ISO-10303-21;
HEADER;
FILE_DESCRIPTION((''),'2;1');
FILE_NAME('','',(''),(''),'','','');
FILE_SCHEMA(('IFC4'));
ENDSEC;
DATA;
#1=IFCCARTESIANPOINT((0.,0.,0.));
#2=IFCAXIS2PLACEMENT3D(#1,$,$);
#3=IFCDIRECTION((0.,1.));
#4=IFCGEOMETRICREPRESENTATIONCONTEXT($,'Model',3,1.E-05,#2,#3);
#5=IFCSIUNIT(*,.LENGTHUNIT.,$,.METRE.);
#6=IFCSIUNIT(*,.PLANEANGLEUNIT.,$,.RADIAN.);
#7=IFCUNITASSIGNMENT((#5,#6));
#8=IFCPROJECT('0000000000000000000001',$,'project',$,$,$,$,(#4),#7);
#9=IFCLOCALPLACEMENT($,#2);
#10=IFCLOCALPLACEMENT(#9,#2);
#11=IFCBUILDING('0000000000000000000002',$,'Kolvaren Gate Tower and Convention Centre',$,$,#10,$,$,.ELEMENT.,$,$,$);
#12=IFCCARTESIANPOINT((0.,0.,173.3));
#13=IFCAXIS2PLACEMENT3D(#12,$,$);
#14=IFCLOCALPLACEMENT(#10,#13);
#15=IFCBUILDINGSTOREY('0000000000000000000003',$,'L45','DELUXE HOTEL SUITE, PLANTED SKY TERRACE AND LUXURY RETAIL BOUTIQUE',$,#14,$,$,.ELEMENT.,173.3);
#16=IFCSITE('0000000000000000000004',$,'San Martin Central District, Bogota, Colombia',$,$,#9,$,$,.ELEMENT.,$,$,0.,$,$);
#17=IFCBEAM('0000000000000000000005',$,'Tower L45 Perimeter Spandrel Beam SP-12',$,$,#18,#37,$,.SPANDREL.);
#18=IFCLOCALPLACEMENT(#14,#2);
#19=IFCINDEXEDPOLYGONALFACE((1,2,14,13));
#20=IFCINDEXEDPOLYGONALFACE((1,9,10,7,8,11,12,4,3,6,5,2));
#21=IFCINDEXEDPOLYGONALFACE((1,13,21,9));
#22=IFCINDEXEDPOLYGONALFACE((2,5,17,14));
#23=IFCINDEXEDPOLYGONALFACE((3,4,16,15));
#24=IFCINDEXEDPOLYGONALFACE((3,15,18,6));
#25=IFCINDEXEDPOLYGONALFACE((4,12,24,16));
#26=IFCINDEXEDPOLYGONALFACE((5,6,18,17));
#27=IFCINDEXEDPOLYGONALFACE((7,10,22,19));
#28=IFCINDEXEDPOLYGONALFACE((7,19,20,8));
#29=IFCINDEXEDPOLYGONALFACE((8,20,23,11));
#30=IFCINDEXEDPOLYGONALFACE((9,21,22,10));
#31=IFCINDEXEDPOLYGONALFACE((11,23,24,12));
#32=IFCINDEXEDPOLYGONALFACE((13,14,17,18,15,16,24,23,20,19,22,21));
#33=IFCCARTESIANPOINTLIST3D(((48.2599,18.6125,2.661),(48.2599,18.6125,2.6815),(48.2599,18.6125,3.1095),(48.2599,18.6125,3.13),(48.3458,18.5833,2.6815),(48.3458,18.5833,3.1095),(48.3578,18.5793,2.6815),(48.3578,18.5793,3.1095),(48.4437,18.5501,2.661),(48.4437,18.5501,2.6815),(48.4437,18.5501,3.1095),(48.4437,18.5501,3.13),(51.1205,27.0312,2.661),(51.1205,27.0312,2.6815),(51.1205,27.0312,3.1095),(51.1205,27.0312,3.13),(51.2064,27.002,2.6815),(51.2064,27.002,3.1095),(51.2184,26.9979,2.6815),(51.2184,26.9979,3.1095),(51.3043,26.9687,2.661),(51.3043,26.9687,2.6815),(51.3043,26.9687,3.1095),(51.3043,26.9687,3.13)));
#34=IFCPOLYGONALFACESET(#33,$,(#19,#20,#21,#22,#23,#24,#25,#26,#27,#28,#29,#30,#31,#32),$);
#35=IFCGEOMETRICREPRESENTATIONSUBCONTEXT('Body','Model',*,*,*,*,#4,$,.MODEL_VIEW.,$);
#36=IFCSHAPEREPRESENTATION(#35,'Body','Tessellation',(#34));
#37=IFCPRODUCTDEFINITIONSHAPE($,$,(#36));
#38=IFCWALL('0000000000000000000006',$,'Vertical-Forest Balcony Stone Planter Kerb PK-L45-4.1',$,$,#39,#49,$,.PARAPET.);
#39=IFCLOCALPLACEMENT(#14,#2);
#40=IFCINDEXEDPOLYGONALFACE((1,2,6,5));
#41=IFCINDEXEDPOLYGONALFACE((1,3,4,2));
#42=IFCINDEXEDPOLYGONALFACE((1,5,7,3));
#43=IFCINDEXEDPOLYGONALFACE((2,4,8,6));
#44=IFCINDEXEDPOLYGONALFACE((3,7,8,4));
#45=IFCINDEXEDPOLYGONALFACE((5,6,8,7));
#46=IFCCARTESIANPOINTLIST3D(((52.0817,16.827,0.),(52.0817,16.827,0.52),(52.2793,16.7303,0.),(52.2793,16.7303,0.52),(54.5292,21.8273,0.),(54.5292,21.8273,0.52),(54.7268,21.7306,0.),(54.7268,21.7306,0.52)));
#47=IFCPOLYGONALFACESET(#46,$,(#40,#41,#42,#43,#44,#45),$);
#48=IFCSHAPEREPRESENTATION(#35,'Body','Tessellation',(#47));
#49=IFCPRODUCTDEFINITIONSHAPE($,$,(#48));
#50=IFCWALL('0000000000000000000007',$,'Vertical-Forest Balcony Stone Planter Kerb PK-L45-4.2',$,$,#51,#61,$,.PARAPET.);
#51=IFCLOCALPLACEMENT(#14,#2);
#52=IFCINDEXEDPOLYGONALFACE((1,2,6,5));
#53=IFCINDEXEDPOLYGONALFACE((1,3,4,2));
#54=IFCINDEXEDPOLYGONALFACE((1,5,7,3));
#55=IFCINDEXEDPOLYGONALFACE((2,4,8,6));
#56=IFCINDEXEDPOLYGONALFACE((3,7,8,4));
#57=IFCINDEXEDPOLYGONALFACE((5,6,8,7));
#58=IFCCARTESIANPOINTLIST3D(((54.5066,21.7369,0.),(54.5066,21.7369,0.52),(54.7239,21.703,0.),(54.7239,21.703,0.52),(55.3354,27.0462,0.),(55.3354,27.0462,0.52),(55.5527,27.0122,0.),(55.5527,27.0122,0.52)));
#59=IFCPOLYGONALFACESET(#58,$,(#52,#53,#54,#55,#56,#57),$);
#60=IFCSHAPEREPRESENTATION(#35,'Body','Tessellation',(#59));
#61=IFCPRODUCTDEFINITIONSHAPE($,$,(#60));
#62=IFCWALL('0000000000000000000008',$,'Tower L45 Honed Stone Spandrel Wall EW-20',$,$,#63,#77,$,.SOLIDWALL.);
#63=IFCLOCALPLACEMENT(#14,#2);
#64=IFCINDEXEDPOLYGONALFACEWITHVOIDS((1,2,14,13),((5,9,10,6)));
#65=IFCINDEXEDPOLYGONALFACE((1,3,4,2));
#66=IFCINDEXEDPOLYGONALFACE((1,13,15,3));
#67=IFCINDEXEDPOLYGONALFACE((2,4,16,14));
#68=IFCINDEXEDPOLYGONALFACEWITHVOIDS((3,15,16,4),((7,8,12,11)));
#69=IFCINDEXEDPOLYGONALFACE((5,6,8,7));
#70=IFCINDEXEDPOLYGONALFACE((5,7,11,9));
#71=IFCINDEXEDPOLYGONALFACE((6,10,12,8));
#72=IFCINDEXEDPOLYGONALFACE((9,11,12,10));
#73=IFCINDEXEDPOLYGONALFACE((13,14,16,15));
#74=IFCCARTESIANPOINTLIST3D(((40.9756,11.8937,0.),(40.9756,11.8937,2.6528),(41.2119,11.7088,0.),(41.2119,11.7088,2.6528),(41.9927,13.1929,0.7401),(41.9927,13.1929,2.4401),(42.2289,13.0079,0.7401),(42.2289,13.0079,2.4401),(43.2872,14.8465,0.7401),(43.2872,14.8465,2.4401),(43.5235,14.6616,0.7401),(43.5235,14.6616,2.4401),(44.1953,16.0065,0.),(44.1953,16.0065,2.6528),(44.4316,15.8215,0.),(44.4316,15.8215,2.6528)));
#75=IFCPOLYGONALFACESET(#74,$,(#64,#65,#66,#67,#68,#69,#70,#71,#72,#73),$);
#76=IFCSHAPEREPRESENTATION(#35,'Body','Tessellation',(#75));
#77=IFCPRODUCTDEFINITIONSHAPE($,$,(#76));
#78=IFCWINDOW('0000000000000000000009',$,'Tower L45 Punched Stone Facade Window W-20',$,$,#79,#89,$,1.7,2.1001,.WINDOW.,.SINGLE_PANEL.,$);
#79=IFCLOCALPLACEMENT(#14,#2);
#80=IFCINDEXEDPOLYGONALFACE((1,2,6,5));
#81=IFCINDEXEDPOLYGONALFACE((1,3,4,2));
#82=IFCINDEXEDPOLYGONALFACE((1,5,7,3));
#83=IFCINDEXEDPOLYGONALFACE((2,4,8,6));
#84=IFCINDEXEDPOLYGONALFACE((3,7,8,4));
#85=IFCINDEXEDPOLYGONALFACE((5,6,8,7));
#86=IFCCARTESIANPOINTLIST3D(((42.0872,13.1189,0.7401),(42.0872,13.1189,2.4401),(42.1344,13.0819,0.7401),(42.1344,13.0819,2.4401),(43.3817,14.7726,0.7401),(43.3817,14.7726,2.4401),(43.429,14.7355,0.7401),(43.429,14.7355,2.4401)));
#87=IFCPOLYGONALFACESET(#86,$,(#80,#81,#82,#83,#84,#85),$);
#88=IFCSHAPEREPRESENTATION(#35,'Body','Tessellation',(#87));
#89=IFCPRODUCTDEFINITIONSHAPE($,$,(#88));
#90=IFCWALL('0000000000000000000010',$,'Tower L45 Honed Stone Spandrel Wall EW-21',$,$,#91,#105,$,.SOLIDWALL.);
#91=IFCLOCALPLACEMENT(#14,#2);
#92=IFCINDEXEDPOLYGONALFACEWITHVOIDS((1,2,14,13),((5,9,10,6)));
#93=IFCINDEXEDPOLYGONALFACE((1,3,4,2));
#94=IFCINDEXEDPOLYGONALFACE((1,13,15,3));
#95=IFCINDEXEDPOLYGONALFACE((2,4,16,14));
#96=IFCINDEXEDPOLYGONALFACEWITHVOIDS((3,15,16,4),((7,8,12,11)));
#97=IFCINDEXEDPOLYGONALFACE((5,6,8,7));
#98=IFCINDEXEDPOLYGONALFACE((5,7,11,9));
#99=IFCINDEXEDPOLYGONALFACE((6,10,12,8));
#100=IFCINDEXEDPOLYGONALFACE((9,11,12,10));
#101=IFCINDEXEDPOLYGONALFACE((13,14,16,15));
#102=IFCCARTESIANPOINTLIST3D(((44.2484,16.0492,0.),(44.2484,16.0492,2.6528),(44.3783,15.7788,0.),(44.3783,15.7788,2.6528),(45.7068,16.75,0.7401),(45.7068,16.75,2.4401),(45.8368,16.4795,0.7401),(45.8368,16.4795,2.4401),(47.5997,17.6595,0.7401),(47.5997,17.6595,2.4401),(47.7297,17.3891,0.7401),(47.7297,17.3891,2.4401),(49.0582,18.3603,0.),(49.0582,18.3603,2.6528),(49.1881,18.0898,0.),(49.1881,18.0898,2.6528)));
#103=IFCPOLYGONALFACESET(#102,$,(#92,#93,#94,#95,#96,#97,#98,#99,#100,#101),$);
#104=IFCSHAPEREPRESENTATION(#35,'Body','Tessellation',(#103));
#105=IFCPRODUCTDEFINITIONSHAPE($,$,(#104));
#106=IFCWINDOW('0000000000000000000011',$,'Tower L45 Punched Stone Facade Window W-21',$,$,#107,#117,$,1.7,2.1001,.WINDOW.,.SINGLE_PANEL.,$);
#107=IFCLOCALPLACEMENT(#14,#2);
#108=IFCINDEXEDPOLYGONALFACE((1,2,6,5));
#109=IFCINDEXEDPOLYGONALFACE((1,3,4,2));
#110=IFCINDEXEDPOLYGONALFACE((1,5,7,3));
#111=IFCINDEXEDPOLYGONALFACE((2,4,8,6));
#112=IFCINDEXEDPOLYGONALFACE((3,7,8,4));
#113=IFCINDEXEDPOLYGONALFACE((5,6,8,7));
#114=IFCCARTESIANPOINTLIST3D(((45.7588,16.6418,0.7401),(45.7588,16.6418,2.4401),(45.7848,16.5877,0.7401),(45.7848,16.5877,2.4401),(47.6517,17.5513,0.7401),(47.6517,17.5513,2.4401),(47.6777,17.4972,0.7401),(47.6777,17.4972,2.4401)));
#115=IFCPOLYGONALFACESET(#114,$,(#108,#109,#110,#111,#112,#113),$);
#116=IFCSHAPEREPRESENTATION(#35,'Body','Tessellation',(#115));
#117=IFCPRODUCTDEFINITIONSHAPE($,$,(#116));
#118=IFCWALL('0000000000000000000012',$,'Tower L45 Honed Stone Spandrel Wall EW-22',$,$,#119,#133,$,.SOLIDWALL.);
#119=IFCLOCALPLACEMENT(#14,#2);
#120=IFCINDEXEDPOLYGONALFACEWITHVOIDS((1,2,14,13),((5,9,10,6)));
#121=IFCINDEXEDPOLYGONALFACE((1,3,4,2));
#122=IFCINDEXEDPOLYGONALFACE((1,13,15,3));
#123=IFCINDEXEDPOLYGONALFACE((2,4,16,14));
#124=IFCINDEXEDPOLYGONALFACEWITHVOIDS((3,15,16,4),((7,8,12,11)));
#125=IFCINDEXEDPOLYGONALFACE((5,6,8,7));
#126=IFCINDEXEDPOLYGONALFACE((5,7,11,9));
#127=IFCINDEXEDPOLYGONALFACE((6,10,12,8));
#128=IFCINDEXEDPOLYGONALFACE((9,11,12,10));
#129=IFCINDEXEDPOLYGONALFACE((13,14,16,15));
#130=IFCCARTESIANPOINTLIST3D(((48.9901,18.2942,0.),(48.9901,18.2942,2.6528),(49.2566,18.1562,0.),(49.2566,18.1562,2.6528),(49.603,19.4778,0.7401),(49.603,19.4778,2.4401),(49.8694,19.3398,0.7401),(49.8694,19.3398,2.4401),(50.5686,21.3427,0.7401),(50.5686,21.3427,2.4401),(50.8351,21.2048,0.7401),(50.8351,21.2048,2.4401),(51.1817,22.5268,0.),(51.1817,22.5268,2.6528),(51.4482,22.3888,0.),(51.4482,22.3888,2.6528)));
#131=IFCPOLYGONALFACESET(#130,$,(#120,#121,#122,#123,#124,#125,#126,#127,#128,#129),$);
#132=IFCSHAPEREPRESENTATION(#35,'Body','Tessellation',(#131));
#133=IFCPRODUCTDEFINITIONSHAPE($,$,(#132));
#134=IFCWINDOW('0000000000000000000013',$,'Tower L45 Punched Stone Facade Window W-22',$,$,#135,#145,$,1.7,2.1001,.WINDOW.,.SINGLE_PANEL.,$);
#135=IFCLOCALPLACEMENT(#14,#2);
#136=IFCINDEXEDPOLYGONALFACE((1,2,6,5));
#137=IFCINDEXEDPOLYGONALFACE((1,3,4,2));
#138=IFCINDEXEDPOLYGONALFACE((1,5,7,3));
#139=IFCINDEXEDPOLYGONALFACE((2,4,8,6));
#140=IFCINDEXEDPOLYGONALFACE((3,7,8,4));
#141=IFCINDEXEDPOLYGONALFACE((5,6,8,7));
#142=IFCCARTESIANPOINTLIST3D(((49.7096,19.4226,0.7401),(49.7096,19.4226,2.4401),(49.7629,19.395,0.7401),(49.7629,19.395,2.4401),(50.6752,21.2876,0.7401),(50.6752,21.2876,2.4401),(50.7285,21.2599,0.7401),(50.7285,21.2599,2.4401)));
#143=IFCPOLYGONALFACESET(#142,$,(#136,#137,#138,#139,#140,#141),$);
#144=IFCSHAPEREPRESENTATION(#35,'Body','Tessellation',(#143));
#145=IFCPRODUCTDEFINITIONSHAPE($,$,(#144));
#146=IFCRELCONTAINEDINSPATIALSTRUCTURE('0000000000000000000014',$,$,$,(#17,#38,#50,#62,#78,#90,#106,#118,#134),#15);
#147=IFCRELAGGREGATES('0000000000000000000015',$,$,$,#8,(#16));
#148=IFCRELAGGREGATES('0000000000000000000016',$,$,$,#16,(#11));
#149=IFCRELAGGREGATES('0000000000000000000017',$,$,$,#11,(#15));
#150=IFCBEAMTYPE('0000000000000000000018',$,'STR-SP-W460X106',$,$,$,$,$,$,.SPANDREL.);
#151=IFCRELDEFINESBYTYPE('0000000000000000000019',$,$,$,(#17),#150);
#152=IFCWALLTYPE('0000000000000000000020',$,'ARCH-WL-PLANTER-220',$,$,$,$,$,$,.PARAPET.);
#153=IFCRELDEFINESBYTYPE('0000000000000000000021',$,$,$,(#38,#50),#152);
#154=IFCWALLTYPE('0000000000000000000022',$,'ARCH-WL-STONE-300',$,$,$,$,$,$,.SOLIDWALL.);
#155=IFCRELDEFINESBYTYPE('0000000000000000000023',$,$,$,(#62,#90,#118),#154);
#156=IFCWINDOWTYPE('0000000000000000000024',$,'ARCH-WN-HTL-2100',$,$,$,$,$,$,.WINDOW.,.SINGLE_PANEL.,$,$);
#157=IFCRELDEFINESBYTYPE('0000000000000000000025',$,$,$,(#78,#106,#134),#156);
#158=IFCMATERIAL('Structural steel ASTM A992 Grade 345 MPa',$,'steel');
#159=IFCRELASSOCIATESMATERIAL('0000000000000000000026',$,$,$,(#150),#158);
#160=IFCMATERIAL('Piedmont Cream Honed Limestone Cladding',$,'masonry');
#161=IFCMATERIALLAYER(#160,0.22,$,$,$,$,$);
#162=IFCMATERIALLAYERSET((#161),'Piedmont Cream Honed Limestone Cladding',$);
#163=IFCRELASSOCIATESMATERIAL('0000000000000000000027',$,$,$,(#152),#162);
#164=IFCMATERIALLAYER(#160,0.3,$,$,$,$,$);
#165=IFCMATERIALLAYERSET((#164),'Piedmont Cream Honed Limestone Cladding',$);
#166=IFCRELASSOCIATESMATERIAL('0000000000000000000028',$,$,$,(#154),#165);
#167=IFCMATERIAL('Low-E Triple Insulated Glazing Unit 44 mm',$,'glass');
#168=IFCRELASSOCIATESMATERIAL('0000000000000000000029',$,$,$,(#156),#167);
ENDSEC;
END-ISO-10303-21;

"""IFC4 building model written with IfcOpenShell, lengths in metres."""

from ifc_helpers import new_model, si_unit, direction, frame, frame_2d, origin, origin_2d, place, context, subcontext, project, spatial, rectangle, i_section, extrude, material, layer, layer_set, material_profile, profile_set, type_object, element, fill, save


model = new_model("IFC4")

# Units and contexts
model_context = context("Model", 3, precision=1e-05, world=origin(), true_north=direction((0.0, 1.0)))
body_context = subcontext(model_context, "Body", "Model", "MODEL_VIEW")
ifc_project = project(units=[si_unit("LENGTHUNIT", "METRE"), si_unit("PLANEANGLEUNIT", "RADIAN")], contexts=[model_context])

# Site, building, storey
site_placement = place(None, origin())
site = spatial("IfcSite", under=ifc_project, at=site_placement, Name="San Martin Central District, Bogota, Colombia", CompositionType="ELEMENT", RefElevation=0.0)
building_placement = place(site_placement, origin())
building = spatial("IfcBuilding", under=site, at=building_placement, Name="Kolvaren Gate Tower and Convention Centre", CompositionType="ELEMENT")
storey_placement = place(building_placement, frame((0.0, 0.0, 173.3)))
storey = spatial("IfcBuildingStorey", under=building, at=storey_placement, Name="L45", Description="DELUXE HOTEL SUITE, PLANTED SKY TERRACE AND LUXURY RETAIL BOUTIQUE", CompositionType="ELEMENT", Elevation=173.3)

# Beam
ifc_material_1 = material(Name="Structural steel ASTM A992 Grade 345 MPa", Category="steel")
ifc_material_profile_1 = material_profile(ifc_material_1, i_section(OverallWidth=0.1941, OverallDepth=0.469, WebThickness=0.0127, FlangeThickness=0.0205, at=origin_2d()), Name="W460X106")
ifc_profile_set_1 = profile_set([ifc_material_profile_1], Name="Structural steel ASTM A992 Grade 345 MPa")
beam_type_1 = type_object("IfcBeamType", Name="STR-SP-W460X106", PredefinedType="SPANDREL", material=ifc_profile_set_1)
beam_1_placement = place(storey_placement, frame((48.3518, 18.5813, 2.8955), z_axis=(0.321725, 0.946833, 0.0), x_axis=(-0.946833, 0.321725, 0.0)))
element("IfcBeam", 1, at=beam_1_placement, inside=storey, type_object=beam_type_1, Name="Tower L45 Perimeter Spandrel Beam SP-12", PredefinedType="SPANDREL", context=body_context, shape_type="SweptSolid", body=[
    extrude(i_section(OverallWidth=0.1941, OverallDepth=0.469, WebThickness=0.0127, FlangeThickness=0.0205, at=origin_2d()), origin(), (0.0, 0.0, 1.0), 8.8914),
])

# Walls
ifc_material_2 = material(Name="Piedmont Cream Honed Limestone Cladding", Category="masonry")
ifc_layer_1 = layer(ifc_material_2, 0.22)
ifc_layer_set_1 = layer_set([ifc_layer_1], Name="Piedmont Cream Honed Limestone Cladding")
wall_type_1 = type_object("IfcWallType", Name="ARCH-WL-PLANTER-220", PredefinedType="PARAPET", material=ifc_layer_set_1)
wall_1_placement = place(storey_placement, frame((52.1804, 16.7786, 0.0), z_axis=(0.0, 0.0, 1.0), x_axis=(0.439637, 0.898175, 0.0)))
element("IfcWall", 2, at=wall_1_placement, inside=storey, type_object=wall_type_1, Name="Vertical-Forest Balcony Stone Planter Kerb PK-L45-4.1", PredefinedType="PARAPET", context=body_context, shape_type="SweptSolid", body=[
    extrude(rectangle(XDim=5.5671, YDim=0.22, at=frame_2d((2.7837, 0.0))), origin(), (0.0, 0.0, 1.0), 0.52),
])
wall_2_placement = place(storey_placement, frame((54.6152, 21.72, 0.0), z_axis=(0.0, 0.0, 1.0), x_axis=(0.154245, 0.988033, 0.0)))
element("IfcWall", 3, at=wall_2_placement, inside=storey, type_object=wall_type_1, Name="Vertical-Forest Balcony Stone Planter Kerb PK-L45-4.2", PredefinedType="PARAPET", context=body_context, shape_type="SweptSolid", body=[
    extrude(rectangle(XDim=5.3735, YDim=0.22, at=frame_2d((2.6868, 0.0))), origin(), (0.0, 0.0, 1.0), 0.52),
])

# Walls, openings, windows
ifc_layer_2 = layer(ifc_material_2, 0.3)
ifc_layer_set_2 = layer_set([ifc_layer_2], Name="Piedmont Cream Honed Limestone Cladding")
wall_type_2 = type_object("IfcWallType", Name="ARCH-WL-STONE-300", PredefinedType="SOLIDWALL", material=ifc_layer_set_2)
wall_3_placement = place(storey_placement, frame((41.0938, 11.8013, 0.0), z_axis=(0.0, 0.0, 1.0), x_axis=(0.616429, 0.78741, 0.0)))
wall_3 = element("IfcWall", 4, at=wall_3_placement, inside=storey, type_object=wall_type_2, Name="Tower L45 Honed Stone Spandrel Wall EW-20", PredefinedType="SOLIDWALL", context=body_context, shape_type="SweptSolid", body=[
    extrude(rectangle(XDim=5.2231, YDim=0.3, at=frame_2d((2.6116, 0.0))), origin(), (0.0, 0.0, 1.0), 2.6528),
])
opening_1_placement = place(wall_3_placement, frame((1.6499, 0.0, 0.74)))
opening_1 = element("IfcOpeningElement", 5, at=opening_1_placement, cuts=wall_3, PredefinedType="OPENING", context=body_context, shape_type="SweptSolid", body=[
    extrude(rectangle(XDim=2.1001, YDim=1.7, at=frame_2d((1.05, 0.8501))), frame((0.0, 0.1599, 0.0), z_axis=(0.0, -1.0, 0.0), x_axis=(1.0, 0.0, 0.0)), (0.0, 0.0, 1.0), 0.3201),
])
ifc_material_3 = material(Name="Low-E Triple Insulated Glazing Unit 44 mm", Category="glass")
window_type = type_object("IfcWindowType", Name="ARCH-WN-HTL-2100", PartitioningType="SINGLE_PANEL", PredefinedType="WINDOW", material=ifc_material_3)
window_1_placement = place(opening_1_placement, origin())
window_1 = element("IfcWindow", 6, at=window_1_placement, inside=storey, type_object=window_type, Name="Tower L45 Punched Stone Facade Window W-20", OverallHeight=1.7, OverallWidth=2.1001, PartitioningType="SINGLE_PANEL", PredefinedType="WINDOW", context=body_context, shape_type="SweptSolid", body=[
    extrude(rectangle(XDim=2.1001, YDim=1.7, at=frame_2d((1.05, 0.8501))), frame((0.0, 0.03, 0.0), z_axis=(0.0, -1.0, 0.0), x_axis=(1.0, 0.0, 0.0)), (0.0, 0.0, 1.0), 0.0601),
])
fill(opening_1, window_1)
wall_4_placement = place(storey_placement, frame((44.3135, 15.9141, 0.0), z_axis=(0.0, 0.0, 1.0), x_axis=(0.901353, 0.433085, 0.0)))
wall_4 = element("IfcWall", 7, at=wall_4_placement, inside=storey, type_object=wall_type_2, Name="Tower L45 Honed Stone Spandrel Wall EW-21", PredefinedType="SOLIDWALL", context=body_context, shape_type="SweptSolid", body=[
    extrude(rectangle(XDim=5.3362, YDim=0.3, at=frame_2d((2.668, 0.0))), origin(), (0.0, 0.0, 1.0), 2.6528),
])
opening_2_placement = place(wall_4_placement, frame((1.6179, 0.0, 0.74)))
opening_2 = element("IfcOpeningElement", 8, at=opening_2_placement, cuts=wall_4, PredefinedType="OPENING", context=body_context, shape_type="SweptSolid", body=[
    extrude(rectangle(XDim=2.1001, YDim=1.7, at=frame_2d((1.05, 0.8501))), frame((0.0, 0.1599, 0.0), z_axis=(0.0, -1.0, 0.0), x_axis=(1.0, 0.0, 0.0)), (0.0, 0.0, 1.0), 0.3201),
])
window_2_placement = place(opening_2_placement, origin())
window_2 = element("IfcWindow", 9, at=window_2_placement, inside=storey, type_object=window_type, Name="Tower L45 Punched Stone Facade Window W-21", OverallHeight=1.7, OverallWidth=2.1001, PartitioningType="SINGLE_PANEL", PredefinedType="WINDOW", context=body_context, shape_type="SweptSolid", body=[
    extrude(rectangle(XDim=2.1001, YDim=1.7, at=frame_2d((1.05, 0.8501))), frame((0.0, 0.03, 0.0), z_axis=(0.0, -1.0, 0.0), x_axis=(1.0, 0.0, 0.0)), (0.0, 0.0, 1.0), 0.0601),
])
fill(opening_2, window_2)
wall_5_placement = place(storey_placement, frame((49.1233, 18.2251, 0.0), z_axis=(0.0, 0.0, 1.0), x_axis=(0.45981, 0.888017, 0.0)))
wall_5 = element("IfcWall", 10, at=wall_5_placement, inside=storey, type_object=wall_type_2, Name="Tower L45 Honed Stone Spandrel Wall EW-22", PredefinedType="SOLIDWALL", context=body_context, shape_type="SweptSolid", body=[
    extrude(rectangle(XDim=4.7664, YDim=0.3, at=frame_2d((2.3833, 0.0))), origin(), (0.0, 0.0, 1.0), 2.6528),
])
opening_3_placement = place(wall_5_placement, frame((1.333, 0.0, 0.74)))
opening_3 = element("IfcOpeningElement", 11, at=opening_3_placement, cuts=wall_5, PredefinedType="OPENING", context=body_context, shape_type="SweptSolid", body=[
    extrude(rectangle(XDim=2.1001, YDim=1.7, at=frame_2d((1.05, 0.8501))), frame((0.0, 0.1599, 0.0), z_axis=(0.0, -1.0, 0.0), x_axis=(1.0, 0.0, 0.0)), (0.0, 0.0, 1.0), 0.3201),
])
window_3_placement = place(opening_3_placement, origin())
window_3 = element("IfcWindow", 12, at=window_3_placement, inside=storey, type_object=window_type, Name="Tower L45 Punched Stone Facade Window W-22", OverallHeight=1.7, OverallWidth=2.1001, PartitioningType="SINGLE_PANEL", PredefinedType="WINDOW", context=body_context, shape_type="SweptSolid", body=[
    extrude(rectangle(XDim=2.1001, YDim=1.7, at=frame_2d((1.05, 0.8501))), frame((0.0, 0.03, 0.0), z_axis=(0.0, -1.0, 0.0), x_axis=(1.0, 0.0, 0.0)), (0.0, 0.0, 1.0), 0.0601),
])
fill(opening_3, window_3)

save(model, "model.ifc")
